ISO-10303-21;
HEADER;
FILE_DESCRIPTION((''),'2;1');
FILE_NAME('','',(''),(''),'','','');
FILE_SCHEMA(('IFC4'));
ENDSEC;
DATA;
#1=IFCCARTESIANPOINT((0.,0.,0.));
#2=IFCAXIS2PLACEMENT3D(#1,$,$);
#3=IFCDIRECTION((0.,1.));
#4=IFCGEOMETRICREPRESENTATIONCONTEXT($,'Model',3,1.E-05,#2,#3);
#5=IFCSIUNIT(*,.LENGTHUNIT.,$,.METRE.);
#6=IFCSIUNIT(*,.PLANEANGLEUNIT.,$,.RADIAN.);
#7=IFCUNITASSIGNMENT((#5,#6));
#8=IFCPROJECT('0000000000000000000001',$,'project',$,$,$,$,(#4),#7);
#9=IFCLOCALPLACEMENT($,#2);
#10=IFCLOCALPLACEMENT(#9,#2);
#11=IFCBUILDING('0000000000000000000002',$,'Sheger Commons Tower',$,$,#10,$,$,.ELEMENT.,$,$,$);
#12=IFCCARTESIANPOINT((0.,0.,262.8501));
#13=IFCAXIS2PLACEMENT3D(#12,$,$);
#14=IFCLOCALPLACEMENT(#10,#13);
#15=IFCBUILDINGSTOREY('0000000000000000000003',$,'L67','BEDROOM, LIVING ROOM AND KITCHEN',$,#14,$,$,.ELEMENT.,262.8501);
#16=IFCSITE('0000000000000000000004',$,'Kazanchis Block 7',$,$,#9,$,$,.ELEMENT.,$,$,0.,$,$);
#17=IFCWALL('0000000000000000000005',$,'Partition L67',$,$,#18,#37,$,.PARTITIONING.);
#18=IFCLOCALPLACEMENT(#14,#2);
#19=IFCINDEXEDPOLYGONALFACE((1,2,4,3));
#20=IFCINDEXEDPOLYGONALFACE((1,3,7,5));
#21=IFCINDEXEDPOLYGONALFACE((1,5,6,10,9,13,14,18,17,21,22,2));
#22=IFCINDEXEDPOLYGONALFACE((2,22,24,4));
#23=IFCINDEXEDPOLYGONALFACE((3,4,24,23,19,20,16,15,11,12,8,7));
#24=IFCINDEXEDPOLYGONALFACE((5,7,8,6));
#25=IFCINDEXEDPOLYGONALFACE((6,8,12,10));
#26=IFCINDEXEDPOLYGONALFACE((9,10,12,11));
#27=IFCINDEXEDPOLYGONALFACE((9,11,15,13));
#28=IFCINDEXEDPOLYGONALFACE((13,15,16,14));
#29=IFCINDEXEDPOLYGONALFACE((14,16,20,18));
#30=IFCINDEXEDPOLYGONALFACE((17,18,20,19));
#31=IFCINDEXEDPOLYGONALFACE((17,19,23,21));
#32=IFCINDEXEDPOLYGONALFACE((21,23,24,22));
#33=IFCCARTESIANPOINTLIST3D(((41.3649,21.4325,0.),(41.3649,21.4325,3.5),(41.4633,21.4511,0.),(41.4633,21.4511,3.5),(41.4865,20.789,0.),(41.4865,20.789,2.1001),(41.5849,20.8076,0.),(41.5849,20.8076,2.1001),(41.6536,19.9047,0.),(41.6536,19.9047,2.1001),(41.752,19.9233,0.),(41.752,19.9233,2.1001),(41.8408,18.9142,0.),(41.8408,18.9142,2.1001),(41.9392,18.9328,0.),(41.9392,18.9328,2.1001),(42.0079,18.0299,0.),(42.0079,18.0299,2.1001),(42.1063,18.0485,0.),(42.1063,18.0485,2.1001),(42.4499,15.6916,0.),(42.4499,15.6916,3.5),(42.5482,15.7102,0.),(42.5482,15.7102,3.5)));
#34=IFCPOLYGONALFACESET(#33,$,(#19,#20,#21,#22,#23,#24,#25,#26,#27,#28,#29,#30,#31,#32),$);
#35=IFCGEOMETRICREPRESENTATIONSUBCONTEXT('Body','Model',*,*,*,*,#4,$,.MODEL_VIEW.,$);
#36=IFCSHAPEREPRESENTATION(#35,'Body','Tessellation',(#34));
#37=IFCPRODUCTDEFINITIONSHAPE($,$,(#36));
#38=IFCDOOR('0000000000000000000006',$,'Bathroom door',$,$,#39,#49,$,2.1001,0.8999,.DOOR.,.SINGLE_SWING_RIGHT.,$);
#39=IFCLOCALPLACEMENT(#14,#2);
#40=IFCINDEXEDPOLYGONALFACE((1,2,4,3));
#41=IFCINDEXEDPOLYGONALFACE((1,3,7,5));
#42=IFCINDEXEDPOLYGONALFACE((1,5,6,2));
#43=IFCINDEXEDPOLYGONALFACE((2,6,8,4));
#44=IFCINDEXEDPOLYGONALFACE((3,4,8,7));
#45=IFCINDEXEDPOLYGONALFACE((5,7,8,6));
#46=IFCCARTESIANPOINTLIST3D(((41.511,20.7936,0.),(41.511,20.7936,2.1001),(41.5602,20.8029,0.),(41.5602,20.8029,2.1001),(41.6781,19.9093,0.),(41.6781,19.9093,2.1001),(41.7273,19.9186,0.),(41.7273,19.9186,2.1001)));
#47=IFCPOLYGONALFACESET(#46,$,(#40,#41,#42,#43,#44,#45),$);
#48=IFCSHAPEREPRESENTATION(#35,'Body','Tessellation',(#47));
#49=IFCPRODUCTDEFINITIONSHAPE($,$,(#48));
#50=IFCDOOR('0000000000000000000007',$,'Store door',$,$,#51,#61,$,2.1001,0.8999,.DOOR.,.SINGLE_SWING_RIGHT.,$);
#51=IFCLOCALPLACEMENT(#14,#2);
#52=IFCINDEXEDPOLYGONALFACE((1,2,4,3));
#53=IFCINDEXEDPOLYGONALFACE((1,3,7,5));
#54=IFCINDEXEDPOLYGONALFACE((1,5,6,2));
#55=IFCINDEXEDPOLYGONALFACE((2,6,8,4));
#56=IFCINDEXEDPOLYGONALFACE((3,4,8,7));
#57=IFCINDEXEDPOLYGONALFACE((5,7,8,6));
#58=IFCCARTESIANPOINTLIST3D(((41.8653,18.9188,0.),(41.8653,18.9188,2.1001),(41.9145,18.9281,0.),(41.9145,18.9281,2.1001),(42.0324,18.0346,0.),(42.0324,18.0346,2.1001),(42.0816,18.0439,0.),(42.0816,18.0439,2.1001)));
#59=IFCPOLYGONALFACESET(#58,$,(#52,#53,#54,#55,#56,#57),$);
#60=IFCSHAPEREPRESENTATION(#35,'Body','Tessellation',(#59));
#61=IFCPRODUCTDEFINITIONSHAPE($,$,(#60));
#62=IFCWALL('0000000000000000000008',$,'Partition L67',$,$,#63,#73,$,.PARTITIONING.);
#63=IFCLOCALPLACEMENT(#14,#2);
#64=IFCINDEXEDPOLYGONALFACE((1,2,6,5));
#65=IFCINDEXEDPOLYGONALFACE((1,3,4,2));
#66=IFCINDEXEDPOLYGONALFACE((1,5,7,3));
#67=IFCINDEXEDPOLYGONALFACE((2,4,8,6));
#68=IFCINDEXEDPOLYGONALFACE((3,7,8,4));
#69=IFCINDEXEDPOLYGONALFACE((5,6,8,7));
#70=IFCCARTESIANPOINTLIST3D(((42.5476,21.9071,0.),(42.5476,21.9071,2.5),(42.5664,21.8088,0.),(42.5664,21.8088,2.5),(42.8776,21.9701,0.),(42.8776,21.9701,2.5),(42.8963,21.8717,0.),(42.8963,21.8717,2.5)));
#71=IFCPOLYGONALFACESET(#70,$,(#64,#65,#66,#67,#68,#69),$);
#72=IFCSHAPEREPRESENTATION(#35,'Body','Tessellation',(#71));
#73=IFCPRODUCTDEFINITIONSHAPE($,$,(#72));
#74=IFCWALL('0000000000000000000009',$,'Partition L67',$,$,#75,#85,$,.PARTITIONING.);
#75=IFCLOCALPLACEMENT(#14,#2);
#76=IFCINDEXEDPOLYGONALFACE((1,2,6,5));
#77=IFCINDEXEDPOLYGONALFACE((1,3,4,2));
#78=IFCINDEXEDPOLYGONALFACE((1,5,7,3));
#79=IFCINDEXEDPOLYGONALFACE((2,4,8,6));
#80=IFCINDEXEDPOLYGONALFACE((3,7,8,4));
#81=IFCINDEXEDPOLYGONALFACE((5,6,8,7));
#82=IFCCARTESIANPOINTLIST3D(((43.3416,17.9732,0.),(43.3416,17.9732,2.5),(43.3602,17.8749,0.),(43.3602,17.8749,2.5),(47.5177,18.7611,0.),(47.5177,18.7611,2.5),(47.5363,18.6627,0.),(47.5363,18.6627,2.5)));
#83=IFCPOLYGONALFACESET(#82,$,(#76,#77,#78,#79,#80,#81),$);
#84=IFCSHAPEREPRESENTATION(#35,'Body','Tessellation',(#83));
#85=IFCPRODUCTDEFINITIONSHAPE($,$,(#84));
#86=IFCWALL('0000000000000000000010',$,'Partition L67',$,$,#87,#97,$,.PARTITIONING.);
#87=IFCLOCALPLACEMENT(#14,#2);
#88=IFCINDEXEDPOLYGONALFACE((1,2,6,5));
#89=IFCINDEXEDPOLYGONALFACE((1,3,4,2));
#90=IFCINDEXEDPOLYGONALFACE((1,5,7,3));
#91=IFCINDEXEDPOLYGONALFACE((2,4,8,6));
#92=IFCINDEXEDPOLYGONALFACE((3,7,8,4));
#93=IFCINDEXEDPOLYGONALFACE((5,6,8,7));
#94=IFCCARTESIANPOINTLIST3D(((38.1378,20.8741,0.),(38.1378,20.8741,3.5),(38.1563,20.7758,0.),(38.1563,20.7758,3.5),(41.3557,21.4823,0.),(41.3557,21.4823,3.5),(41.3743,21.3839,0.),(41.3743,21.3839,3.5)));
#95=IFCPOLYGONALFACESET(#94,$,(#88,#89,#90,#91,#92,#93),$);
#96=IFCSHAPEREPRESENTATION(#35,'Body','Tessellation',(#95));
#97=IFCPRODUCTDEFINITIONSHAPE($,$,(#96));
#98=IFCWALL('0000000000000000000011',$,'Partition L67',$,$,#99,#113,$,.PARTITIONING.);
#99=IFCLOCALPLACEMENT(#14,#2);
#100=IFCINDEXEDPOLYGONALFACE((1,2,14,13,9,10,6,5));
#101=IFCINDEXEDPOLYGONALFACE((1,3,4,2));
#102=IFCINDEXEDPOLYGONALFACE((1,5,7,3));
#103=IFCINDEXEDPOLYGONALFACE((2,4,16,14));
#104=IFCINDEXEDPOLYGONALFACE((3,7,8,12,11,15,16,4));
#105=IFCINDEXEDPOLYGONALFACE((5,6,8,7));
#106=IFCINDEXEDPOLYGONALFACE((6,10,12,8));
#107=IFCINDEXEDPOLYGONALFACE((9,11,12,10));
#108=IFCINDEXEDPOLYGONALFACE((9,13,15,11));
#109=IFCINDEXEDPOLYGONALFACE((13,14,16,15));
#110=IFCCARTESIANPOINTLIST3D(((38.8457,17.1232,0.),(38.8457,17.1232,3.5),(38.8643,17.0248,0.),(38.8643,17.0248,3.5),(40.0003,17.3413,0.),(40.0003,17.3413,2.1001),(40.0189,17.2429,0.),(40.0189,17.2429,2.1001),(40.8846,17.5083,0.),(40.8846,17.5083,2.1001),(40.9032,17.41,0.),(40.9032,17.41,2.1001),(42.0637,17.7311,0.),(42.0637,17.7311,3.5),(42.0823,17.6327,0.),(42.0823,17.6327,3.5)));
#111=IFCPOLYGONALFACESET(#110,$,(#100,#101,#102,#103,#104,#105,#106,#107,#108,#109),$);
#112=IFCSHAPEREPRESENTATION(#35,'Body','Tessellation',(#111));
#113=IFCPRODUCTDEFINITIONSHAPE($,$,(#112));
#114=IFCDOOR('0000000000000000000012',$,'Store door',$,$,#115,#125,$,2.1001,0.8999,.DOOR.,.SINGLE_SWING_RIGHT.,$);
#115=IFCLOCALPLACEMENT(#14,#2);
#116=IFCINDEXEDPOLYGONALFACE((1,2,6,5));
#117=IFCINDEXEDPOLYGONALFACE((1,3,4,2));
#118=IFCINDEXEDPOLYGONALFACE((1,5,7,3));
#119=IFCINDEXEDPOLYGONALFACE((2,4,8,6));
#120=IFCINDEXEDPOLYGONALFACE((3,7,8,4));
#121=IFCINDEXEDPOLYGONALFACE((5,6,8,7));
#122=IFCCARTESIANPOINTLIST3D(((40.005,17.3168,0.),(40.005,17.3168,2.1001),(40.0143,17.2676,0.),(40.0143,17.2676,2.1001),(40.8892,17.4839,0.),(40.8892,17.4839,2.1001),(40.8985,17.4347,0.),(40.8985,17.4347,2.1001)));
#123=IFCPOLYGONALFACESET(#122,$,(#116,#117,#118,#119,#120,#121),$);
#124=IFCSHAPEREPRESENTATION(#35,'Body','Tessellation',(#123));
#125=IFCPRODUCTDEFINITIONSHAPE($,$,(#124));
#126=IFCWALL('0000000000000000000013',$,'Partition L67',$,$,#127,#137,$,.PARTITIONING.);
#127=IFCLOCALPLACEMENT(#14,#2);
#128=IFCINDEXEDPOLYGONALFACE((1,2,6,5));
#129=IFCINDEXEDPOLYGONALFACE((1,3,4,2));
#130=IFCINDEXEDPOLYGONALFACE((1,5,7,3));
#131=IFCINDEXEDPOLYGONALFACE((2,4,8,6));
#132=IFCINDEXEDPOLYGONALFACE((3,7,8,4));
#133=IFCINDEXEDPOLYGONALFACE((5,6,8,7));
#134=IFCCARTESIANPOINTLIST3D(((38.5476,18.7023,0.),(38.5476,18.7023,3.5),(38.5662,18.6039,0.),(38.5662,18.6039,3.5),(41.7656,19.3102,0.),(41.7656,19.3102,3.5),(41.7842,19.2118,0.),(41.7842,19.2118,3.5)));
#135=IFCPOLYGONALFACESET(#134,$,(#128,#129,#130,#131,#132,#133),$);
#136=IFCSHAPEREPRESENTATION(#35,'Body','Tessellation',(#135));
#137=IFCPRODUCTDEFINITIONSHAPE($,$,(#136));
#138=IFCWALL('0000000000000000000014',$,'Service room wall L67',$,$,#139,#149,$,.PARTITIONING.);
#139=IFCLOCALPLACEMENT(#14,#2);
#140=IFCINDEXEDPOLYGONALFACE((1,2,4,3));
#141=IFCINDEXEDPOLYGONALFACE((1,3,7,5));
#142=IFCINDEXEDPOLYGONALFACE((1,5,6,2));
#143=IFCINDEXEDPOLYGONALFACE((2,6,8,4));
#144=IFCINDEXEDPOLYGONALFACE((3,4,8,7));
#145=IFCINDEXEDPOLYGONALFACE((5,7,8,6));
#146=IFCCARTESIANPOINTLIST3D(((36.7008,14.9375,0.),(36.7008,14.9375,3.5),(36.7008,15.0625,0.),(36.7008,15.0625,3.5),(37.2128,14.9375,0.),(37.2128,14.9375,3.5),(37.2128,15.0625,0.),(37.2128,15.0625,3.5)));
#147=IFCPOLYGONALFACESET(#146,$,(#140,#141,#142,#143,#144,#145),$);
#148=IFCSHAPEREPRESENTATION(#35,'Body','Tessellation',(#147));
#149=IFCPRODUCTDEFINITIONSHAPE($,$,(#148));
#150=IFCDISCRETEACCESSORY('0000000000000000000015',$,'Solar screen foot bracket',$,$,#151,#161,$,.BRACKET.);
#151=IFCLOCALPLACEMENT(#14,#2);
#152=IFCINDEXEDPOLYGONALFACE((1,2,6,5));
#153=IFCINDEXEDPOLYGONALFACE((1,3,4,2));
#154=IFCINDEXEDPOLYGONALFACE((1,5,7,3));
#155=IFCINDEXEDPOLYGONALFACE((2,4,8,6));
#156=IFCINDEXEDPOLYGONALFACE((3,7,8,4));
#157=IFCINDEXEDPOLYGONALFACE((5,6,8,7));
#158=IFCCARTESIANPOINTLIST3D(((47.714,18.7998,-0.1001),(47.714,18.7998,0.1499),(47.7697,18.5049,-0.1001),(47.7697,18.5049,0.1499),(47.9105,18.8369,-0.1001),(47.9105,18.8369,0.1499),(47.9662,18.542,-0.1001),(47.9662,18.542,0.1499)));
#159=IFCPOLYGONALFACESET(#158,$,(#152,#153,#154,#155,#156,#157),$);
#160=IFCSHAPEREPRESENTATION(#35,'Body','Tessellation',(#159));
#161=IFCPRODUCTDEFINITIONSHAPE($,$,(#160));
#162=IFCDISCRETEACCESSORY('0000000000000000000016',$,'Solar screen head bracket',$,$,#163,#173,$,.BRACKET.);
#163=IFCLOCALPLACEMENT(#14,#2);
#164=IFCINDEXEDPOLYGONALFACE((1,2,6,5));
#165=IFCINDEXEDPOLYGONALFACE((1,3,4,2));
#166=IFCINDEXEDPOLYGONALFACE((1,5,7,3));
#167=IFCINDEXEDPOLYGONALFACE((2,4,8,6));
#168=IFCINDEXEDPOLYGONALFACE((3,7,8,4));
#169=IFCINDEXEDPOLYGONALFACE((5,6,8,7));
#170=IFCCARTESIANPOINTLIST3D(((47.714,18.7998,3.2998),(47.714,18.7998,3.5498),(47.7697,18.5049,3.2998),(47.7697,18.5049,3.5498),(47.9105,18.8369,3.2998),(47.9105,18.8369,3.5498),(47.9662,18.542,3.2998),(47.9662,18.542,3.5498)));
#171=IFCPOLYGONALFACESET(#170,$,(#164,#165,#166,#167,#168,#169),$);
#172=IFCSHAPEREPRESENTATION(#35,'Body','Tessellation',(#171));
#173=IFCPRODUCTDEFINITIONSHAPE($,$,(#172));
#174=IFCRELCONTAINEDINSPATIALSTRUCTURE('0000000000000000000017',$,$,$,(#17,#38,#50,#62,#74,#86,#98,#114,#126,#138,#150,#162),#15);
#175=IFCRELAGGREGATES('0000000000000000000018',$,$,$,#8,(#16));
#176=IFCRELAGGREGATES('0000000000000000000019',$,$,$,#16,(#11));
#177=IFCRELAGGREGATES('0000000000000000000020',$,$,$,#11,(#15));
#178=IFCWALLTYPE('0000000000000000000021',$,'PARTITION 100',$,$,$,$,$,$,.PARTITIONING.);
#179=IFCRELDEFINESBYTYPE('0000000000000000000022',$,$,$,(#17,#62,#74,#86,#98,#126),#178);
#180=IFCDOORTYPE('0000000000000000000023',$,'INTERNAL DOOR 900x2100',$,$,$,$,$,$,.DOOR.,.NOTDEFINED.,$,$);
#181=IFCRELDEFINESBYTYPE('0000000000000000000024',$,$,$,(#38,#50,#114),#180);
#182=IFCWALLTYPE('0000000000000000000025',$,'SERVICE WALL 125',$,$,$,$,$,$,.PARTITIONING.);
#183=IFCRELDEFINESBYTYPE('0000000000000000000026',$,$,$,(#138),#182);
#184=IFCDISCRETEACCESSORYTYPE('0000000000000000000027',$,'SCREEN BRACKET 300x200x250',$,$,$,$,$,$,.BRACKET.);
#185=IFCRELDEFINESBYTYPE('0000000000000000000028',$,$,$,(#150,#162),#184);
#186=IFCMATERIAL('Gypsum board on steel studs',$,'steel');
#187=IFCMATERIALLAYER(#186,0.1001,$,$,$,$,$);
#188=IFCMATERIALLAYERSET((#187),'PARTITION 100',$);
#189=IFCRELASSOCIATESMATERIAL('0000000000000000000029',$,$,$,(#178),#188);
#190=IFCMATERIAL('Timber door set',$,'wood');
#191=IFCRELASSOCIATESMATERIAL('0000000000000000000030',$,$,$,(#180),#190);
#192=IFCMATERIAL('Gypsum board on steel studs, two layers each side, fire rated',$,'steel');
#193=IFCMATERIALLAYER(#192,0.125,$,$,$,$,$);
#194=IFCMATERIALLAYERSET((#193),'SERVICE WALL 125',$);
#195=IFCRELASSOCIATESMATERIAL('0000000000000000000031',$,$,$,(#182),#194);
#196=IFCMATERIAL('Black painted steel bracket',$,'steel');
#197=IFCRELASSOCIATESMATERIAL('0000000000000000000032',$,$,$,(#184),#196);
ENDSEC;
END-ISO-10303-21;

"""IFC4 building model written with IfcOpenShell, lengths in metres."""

from ifc_helpers import new_model, si_unit, direction, frame, frame_2d, origin, origin_2d, place, context, subcontext, project, spatial, rectangle, extrude, material, layer, layer_set, type_object, element, fill, save


model = new_model("IFC4")

# Units and contexts
model_context = context("Model", 3, precision=1e-05, world=origin(), true_north=direction((0.0, 1.0)))
body_context = subcontext(model_context, "Body", "Model", "MODEL_VIEW")
ifc_project = project(units=[si_unit("LENGTHUNIT", "METRE"), si_unit("PLANEANGLEUNIT", "RADIAN")], contexts=[model_context])

# Site, building, storey
site_placement = place(None, origin())
site = spatial("IfcSite", under=ifc_project, at=site_placement, Name="Kazanchis Block 7", CompositionType="ELEMENT", RefElevation=0.0)
building_placement = place(site_placement, origin())
building = spatial("IfcBuilding", under=site, at=building_placement, Name="Sheger Commons Tower", CompositionType="ELEMENT")
storey_placement = place(building_placement, frame((0.0, 0.0, 262.8501)))
storey = spatial("IfcBuildingStorey", under=building, at=storey_placement, Name="L67", Description="BEDROOM, LIVING ROOM AND KITCHEN", CompositionType="ELEMENT", Elevation=262.8501)

# Wall, openings, doors
ifc_material_1 = material(Name="Gypsum board on steel studs", Category="steel")
ifc_layer_1 = layer(ifc_material_1, 0.1001)
ifc_layer_set_1 = layer_set([ifc_layer_1], Name="PARTITION 100")
wall_type_1 = type_object("IfcWallType", Name="PARTITION 100", PredefinedType="PARTITIONING", material=ifc_layer_set_1)
ifc_material_2 = material(Name="Timber door set", Category="wood")
door_type = type_object("IfcDoorType", Name="INTERNAL DOOR 900x2100", OperationType="NOTDEFINED", PredefinedType="DOOR", material=ifc_material_2)
wall_1_placement = place(storey_placement, frame((41.4141, 21.4419, 0.0), z_axis=(0.0, 0.0, 1.0), x_axis=(0.185699, -0.982607, 0.0)))
wall_1 = element("IfcWall", 1, at=wall_1_placement, inside=storey, type_object=wall_type_1, Name="Partition L67", PredefinedType="PARTITIONING", context=body_context, shape_type="SweptSolid", body=[
    extrude(rectangle(XDim=5.8425, YDim=0.1001, at=frame_2d((2.9214, 0.0))), origin(), (0.0, 0.0, 1.0), 3.5),
])
opening_1_placement = place(wall_1_placement, frame((0.655, 0.0, 0.0)))
opening_1 = element("IfcOpeningElement", 2, at=opening_1_placement, cuts=wall_1, PredefinedType="OPENING", context=body_context, shape_type="SweptSolid", body=[
    extrude(rectangle(XDim=0.8999, YDim=2.1001, at=frame_2d((0.45, 1.05))), frame((0.0, 0.0601, 0.0), z_axis=(0.0, -1.0, 0.0), x_axis=(1.0, 0.0, 0.0)), (0.0, 0.0, 1.0), 0.1201),
])
opening_2_placement = place(wall_1_placement, frame((2.563, 0.0, 0.0)))
opening_2 = element("IfcOpeningElement", 3, at=opening_2_placement, cuts=wall_1, PredefinedType="OPENING", context=body_context, shape_type="SweptSolid", body=[
    extrude(rectangle(XDim=0.8999, YDim=2.1001, at=frame_2d((0.45, 1.05))), frame((0.0, 0.0601, 0.0), z_axis=(0.0, -1.0, 0.0), x_axis=(1.0, 0.0, 0.0)), (0.0, 0.0, 1.0), 0.1201),
])
door_1_placement = place(opening_1_placement, origin())
door_1 = element("IfcDoor", 4, at=door_1_placement, inside=storey, type_object=door_type, Name="Bathroom door", OperationType="SINGLE_SWING_RIGHT", OverallHeight=2.1001, OverallWidth=0.8999, PredefinedType="DOOR", context=body_context, shape_type="SweptSolid", body=[
    extrude(rectangle(XDim=0.8999, YDim=2.1001, at=frame_2d((0.45, 1.05))), frame((0.0, 0.0249, 0.0), z_axis=(0.0, -1.0, 0.0), x_axis=(1.0, 0.0, 0.0)), (0.0, 0.0, 1.0), 0.05),
])
fill(opening_1, door_1)
door_2_placement = place(opening_2_placement, origin())
door_2 = element("IfcDoor", 5, at=door_2_placement, inside=storey, type_object=door_type, Name="Store door", OperationType="SINGLE_SWING_RIGHT", OverallHeight=2.1001, OverallWidth=0.8999, PredefinedType="DOOR", context=body_context, shape_type="SweptSolid", body=[
    extrude(rectangle(XDim=0.8999, YDim=2.1001, at=frame_2d((0.45, 1.05))), frame((0.0, 0.0249, 0.0), z_axis=(0.0, -1.0, 0.0), x_axis=(1.0, 0.0, 0.0)), (0.0, 0.0, 1.0), 0.05),
])
fill(opening_2, door_2)

# Walls
wall_2_placement = place(storey_placement, frame((42.887, 21.9209, 0.0), z_axis=(0.0, 0.0, 1.0), x_axis=(-0.982275, -0.187446, 0.0)))
element("IfcWall", 6, at=wall_2_placement, inside=storey, type_object=wall_type_1, Name="Partition L67", PredefinedType="PARTITIONING", context=body_context, shape_type="SweptSolid", body=[
    extrude(rectangle(XDim=0.3359, YDim=0.1001, at=frame_2d((0.168, 0.0))), origin(), (0.0, 0.0, 1.0), 2.5),
])
wall_3_placement = place(storey_placement, frame((47.5271, 18.7119, 0.0), z_axis=(0.0, 0.0, 1.0), x_axis=(-0.982665, -0.185388, 0.0)))
element("IfcWall", 7, at=wall_3_placement, inside=storey, type_object=wall_type_1, Name="Partition L67", PredefinedType="PARTITIONING", context=body_context, shape_type="SweptSolid", body=[
    extrude(rectangle(XDim=4.2498, YDim=0.1001, at=frame_2d((2.125, 0.0))), origin(), (0.0, 0.0, 1.0), 2.5),
])
wall_4_placement = place(storey_placement, frame((41.365, 21.4331, 0.0), z_axis=(0.0, 0.0, 1.0), x_axis=(-0.982607, -0.185697, 0.0)))
element("IfcWall", 8, at=wall_4_placement, inside=storey, type_object=wall_type_1, Name="Partition L67", PredefinedType="PARTITIONING", context=body_context, shape_type="SweptSolid", body=[
    extrude(rectangle(XDim=3.2749, YDim=0.1001, at=frame_2d((1.6375, 0.0))), origin(), (0.0, 0.0, 1.0), 3.5),
])

# Wall, opening, door
wall_5_placement = place(storey_placement, frame((42.073, 17.6819, 0.0), z_axis=(0.0, 0.0, 1.0), x_axis=(-0.982621, -0.185625, 0.0)))
wall_5 = element("IfcWall", 9, at=wall_5_placement, inside=storey, type_object=wall_type_1, Name="Partition L67", PredefinedType="PARTITIONING", context=body_context, shape_type="SweptSolid", body=[
    extrude(rectangle(XDim=3.2749, YDim=0.1001, at=frame_2d((1.6375, 0.0))), origin(), (0.0, 0.0, 1.0), 3.5),
])
opening_3_placement = place(wall_5_placement, frame((1.2, 0.0, 0.0)))
opening_3 = element("IfcOpeningElement", 10, at=opening_3_placement, cuts=wall_5, PredefinedType="OPENING", context=body_context, shape_type="SweptSolid", body=[
    extrude(rectangle(XDim=0.8999, YDim=2.1001, at=frame_2d((0.45, 1.05))), frame((0.0, 0.0601, 0.0), z_axis=(0.0, -1.0, 0.0), x_axis=(1.0, 0.0, 0.0)), (0.0, 0.0, 1.0), 0.1201),
])
door_3_placement = place(opening_3_placement, origin())
door_3 = element("IfcDoor", 11, at=door_3_placement, inside=storey, type_object=door_type, Name="Store door", OperationType="SINGLE_SWING_RIGHT", OverallHeight=2.1001, OverallWidth=0.8999, PredefinedType="DOOR", context=body_context, shape_type="SweptSolid", body=[
    extrude(rectangle(XDim=0.8999, YDim=2.1001, at=frame_2d((0.45, 1.05))), frame((0.0, 0.0249, 0.0), z_axis=(0.0, -1.0, 0.0), x_axis=(1.0, 0.0, 0.0)), (0.0, 0.0, 1.0), 0.05),
])
fill(opening_3, door_3)

# Walls
wall_6_placement = place(storey_placement, frame((41.7749, 19.261, 0.0), z_axis=(0.0, 0.0, 1.0), x_axis=(-0.982621, -0.185625, 0.0)))
element("IfcWall", 12, at=wall_6_placement, inside=storey, type_object=wall_type_1, Name="Partition L67", PredefinedType="PARTITIONING", context=body_context, shape_type="SweptSolid", body=[
    extrude(rectangle(XDim=3.2749, YDim=0.1001, at=frame_2d((1.6375, 0.0))), origin(), (0.0, 0.0, 1.0), 3.5),
])
ifc_material_3 = material(Name="Gypsum board on steel studs, two layers each side, fire rated", Category="steel")
ifc_layer_2 = layer(ifc_material_3, 0.125)
ifc_layer_set_2 = layer_set([ifc_layer_2], Name="SERVICE WALL 125")
wall_type_2 = type_object("IfcWallType", Name="SERVICE WALL 125", PredefinedType="PARTITIONING", material=ifc_layer_set_2)
wall_7_placement = place(storey_placement, frame((36.7009, 15.0, 0.0), z_axis=(0.0, 0.0, 1.0), x_axis=(1.0, 0.0, 0.0)))
element("IfcWall", 13, at=wall_7_placement, inside=storey, type_object=wall_type_2, Name="Service room wall L67", PredefinedType="PARTITIONING", context=body_context, shape_type="SweptSolid", body=[
    extrude(rectangle(XDim=0.512, YDim=0.125, at=frame_2d((0.2559, 0.0))), origin(), (0.0, 0.0, 1.0), 3.5),
])

# Discrete accessories
ifc_material_4 = material(Name="Black painted steel bracket", Category="steel")
discrete_accessory_type = type_object("IfcDiscreteAccessoryType", Name="SCREEN BRACKET 300x200x250", PredefinedType="BRACKET", material=ifc_material_4)
for number, where, z_axis, x_axis, name in (
    (14, (47.8401, 18.6709, -0.1001), (0.0, 0.0, 1.0), (-0.185615, 0.982623, 0.0), "Solar screen foot bracket"),
    (15, (47.8401, 18.6709, 3.2998), (0.0, 0.0, 1.0), (-0.185615, 0.982623, 0.0), "Solar screen head bracket"),
):
    element("IfcDiscreteAccessory", number, at=place(storey_placement, frame(where, z_axis=z_axis, x_axis=x_axis)), inside=storey, type_object=discrete_accessory_type, Name=name, PredefinedType="BRACKET", context=body_context, shape_type="SweptSolid", body=[
        extrude(rectangle(XDim=0.3, YDim=0.2, at=origin_2d()), origin(), (0.0, 0.0, 1.0), 0.25),
    ])

save(model, "model.ifc")
